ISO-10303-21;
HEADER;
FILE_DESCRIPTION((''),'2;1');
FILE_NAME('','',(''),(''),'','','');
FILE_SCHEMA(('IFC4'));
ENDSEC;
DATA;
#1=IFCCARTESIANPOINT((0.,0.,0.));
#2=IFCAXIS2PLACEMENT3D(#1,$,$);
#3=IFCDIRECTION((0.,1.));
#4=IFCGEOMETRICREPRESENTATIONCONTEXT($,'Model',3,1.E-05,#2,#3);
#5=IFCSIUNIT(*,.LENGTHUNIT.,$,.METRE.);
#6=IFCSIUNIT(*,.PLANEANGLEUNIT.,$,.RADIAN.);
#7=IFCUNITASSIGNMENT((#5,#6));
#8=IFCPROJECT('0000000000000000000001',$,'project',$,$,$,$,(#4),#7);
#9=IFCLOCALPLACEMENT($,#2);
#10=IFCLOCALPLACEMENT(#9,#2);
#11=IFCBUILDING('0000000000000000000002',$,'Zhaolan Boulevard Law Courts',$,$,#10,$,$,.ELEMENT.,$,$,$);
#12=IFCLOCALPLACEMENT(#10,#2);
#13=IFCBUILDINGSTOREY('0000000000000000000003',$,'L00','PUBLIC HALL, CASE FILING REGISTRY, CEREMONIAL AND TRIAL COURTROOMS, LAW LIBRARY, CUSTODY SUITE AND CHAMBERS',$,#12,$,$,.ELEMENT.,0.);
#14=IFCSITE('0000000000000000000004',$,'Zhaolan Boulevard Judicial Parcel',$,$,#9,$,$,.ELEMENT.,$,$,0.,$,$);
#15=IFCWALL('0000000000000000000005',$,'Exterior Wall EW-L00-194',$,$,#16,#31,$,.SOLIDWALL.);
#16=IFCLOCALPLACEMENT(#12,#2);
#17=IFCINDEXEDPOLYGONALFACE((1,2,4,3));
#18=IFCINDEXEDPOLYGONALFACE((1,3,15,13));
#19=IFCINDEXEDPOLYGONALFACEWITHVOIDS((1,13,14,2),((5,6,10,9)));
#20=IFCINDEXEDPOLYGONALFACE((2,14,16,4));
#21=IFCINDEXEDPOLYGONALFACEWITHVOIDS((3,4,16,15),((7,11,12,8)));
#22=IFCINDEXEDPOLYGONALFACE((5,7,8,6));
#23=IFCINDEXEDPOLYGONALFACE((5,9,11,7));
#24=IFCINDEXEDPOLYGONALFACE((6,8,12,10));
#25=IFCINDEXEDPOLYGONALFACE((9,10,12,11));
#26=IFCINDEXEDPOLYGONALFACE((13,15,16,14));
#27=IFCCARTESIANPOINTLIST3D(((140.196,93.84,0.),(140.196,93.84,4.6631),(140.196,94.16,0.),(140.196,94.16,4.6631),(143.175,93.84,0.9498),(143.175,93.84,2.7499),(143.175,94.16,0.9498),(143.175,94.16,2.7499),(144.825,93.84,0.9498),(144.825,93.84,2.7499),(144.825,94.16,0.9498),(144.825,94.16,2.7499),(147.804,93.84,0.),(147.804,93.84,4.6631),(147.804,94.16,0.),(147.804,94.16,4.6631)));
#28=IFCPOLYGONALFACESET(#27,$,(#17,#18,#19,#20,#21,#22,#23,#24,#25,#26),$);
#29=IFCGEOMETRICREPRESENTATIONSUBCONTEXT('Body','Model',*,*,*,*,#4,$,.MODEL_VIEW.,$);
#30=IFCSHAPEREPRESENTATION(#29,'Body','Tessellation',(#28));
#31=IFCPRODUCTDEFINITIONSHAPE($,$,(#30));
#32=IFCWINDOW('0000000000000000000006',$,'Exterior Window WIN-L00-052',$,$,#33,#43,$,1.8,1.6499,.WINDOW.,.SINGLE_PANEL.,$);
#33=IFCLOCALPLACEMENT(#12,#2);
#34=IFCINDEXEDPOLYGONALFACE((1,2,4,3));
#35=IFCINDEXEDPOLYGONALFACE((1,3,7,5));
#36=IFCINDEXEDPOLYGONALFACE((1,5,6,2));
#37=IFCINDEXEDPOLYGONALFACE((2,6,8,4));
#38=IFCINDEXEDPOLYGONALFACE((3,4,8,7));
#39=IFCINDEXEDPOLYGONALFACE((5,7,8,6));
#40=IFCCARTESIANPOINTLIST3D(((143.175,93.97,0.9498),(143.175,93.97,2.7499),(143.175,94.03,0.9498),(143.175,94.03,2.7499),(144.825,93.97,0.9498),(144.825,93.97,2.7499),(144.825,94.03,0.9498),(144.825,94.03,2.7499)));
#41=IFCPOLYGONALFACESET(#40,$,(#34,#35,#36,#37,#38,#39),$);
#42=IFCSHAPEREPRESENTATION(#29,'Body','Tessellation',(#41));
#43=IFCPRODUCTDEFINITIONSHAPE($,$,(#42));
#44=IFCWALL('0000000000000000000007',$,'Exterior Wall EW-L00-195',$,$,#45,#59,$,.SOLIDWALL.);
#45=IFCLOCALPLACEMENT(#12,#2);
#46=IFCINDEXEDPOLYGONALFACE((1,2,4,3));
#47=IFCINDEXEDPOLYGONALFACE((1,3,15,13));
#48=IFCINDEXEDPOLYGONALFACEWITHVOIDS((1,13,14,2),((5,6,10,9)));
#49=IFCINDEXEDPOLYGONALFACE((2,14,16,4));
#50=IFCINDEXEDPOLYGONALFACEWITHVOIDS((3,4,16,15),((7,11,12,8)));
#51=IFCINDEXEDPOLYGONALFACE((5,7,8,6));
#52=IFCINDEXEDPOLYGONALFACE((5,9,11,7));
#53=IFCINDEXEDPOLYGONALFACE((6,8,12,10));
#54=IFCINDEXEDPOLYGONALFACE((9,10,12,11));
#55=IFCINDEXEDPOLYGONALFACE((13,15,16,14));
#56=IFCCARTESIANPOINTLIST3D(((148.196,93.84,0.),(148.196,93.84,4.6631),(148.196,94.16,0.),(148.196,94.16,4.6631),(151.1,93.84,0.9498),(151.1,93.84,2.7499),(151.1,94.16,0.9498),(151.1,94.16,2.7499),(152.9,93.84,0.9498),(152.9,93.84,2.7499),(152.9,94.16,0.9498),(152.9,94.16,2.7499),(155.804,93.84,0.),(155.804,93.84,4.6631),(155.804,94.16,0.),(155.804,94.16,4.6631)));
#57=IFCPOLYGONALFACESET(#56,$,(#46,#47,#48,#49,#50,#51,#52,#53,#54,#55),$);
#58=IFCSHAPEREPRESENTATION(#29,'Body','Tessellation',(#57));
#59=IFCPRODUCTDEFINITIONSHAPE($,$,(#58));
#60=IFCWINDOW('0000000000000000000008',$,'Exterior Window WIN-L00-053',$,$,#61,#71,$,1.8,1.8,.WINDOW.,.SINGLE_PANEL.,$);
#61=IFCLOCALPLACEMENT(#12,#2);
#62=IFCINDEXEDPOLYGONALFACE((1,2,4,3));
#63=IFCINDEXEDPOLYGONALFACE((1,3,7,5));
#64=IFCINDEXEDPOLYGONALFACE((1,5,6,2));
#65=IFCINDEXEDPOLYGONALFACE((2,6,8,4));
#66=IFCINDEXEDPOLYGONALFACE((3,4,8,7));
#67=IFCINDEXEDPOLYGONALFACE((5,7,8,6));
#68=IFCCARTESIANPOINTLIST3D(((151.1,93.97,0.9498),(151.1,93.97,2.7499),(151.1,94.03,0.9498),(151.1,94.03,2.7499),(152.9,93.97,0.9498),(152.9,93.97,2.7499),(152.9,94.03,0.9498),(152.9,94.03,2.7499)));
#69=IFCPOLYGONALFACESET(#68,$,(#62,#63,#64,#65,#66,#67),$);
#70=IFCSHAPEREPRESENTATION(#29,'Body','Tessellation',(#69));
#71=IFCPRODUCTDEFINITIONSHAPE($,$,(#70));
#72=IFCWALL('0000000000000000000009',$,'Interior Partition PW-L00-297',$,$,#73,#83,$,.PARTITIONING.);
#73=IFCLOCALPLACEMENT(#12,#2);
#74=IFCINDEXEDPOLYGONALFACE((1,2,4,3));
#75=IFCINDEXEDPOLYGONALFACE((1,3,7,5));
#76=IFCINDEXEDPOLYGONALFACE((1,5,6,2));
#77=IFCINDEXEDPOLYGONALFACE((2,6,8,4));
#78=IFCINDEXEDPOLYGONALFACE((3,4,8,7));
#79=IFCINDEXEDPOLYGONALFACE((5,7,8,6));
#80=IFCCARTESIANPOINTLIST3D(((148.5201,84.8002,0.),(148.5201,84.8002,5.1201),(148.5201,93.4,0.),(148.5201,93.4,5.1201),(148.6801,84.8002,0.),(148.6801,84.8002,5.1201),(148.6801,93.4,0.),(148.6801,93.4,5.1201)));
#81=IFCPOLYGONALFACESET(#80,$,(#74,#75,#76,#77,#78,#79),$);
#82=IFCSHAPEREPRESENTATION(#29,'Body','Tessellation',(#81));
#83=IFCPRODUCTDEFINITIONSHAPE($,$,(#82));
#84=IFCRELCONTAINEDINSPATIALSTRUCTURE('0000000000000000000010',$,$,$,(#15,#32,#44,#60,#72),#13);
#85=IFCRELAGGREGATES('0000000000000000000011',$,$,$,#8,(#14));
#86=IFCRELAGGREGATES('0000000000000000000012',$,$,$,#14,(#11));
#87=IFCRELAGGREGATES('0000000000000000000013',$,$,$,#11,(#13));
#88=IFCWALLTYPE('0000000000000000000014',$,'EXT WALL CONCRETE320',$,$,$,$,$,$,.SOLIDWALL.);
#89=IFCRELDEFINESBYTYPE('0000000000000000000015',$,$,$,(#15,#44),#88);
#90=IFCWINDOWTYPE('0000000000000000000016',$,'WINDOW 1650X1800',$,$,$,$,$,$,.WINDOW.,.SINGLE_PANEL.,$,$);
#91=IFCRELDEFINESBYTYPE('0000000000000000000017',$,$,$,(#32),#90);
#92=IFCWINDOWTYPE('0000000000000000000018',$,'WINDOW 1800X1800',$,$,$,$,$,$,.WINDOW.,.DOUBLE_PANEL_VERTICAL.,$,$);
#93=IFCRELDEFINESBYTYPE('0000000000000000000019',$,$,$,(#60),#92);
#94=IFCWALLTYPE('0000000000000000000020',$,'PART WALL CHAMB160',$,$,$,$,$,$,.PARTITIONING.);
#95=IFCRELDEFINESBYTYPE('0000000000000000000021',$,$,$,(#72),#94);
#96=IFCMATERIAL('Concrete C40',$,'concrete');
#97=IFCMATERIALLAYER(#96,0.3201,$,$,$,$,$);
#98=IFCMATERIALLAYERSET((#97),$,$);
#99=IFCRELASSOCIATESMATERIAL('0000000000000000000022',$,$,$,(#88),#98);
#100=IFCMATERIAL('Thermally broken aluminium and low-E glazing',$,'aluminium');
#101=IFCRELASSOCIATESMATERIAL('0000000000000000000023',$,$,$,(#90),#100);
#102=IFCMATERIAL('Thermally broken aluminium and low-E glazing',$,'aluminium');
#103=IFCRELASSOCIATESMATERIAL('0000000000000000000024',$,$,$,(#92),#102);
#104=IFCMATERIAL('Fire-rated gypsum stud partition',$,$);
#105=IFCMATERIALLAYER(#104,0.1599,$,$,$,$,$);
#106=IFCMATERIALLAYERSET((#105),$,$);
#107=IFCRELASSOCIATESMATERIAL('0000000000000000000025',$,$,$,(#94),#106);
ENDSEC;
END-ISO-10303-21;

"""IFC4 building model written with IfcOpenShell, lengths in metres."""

from ifc_helpers import new_model, si_unit, direction, frame, frame_2d, origin, place, context, subcontext, project, spatial, rectangle, extrude, material, layer, layer_set, type_object, element, fill, save


model = new_model("IFC4")

# Units and contexts
model_context = context("Model", 3, precision=1e-05, world=origin(), true_north=direction((0.0, 1.0)))
body_context = subcontext(model_context, "Body", "Model", "MODEL_VIEW")
ifc_project = project(units=[si_unit("LENGTHUNIT", "METRE"), si_unit("PLANEANGLEUNIT", "RADIAN")], contexts=[model_context])

# Site, building, storey
site_placement = place(None, origin())
site = spatial("IfcSite", under=ifc_project, at=site_placement, Name="Zhaolan Boulevard Judicial Parcel", CompositionType="ELEMENT", RefElevation=0.0)
building_placement = place(site_placement, origin())
building = spatial("IfcBuilding", under=site, at=building_placement, Name="Zhaolan Boulevard Law Courts", CompositionType="ELEMENT")
storey_placement = place(building_placement, origin())
storey = spatial("IfcBuildingStorey", under=building, at=storey_placement, Name="L00", Description="PUBLIC HALL, CASE FILING REGISTRY, CEREMONIAL AND TRIAL COURTROOMS, LAW LIBRARY, CUSTODY SUITE AND CHAMBERS", CompositionType="ELEMENT", Elevation=0.0)

# Walls, openings, windows
ifc_material_1 = material(Name="Concrete C40", Category="concrete")
ifc_layer_1 = layer(ifc_material_1, 0.3201)
ifc_layer_set_1 = layer_set([ifc_layer_1])
wall_type_1 = type_object("IfcWallType", Name="EXT WALL CONCRETE320", PredefinedType="SOLIDWALL", material=ifc_layer_set_1)
wall_1_placement = place(storey_placement, frame((147.804, 94.0, 0.0), z_axis=(0.0, 0.0, 1.0), x_axis=(-1.0, 0.0, 0.0)))
wall_1 = element("IfcWall", 1, at=wall_1_placement, inside=storey, type_object=wall_type_1, Name="Exterior Wall EW-L00-194", PredefinedType="SOLIDWALL", context=body_context, shape_type="SweptSolid", body=[
    extrude(rectangle(XDim=7.6079, YDim=0.3201, at=frame_2d((3.804, 0.0))), origin(), (0.0, 0.0, 1.0), 4.6631),
])
opening_1_placement = place(wall_1_placement, frame((2.979, 0.0, 0.95)))
opening_1 = element("IfcOpeningElement", 2, at=opening_1_placement, cuts=wall_1, PredefinedType="OPENING", context=body_context, shape_type="SweptSolid", body=[
    extrude(rectangle(XDim=1.6499, YDim=1.8, at=frame_2d((0.825, 0.8999))), frame((0.0, 0.1699, 0.0), z_axis=(0.0, -1.0, 0.0), x_axis=(1.0, 0.0, 0.0)), (0.0, 0.0, 1.0), 0.3401),
])
ifc_material_2 = material(Name="Thermally broken aluminium and low-E glazing", Category="aluminium")
window_type_1 = type_object("IfcWindowType", Name="WINDOW 1650X1800", PartitioningType="SINGLE_PANEL", PredefinedType="WINDOW", material=ifc_material_2)
window_1_placement = place(opening_1_placement, origin())
window_1 = element("IfcWindow", 3, at=window_1_placement, inside=storey, type_object=window_type_1, Name="Exterior Window WIN-L00-052", OverallHeight=1.8, OverallWidth=1.6499, PartitioningType="SINGLE_PANEL", PredefinedType="WINDOW", context=body_context, shape_type="SweptSolid", body=[
    extrude(rectangle(XDim=1.6499, YDim=1.8, at=frame_2d((0.825, 0.8999))), frame((0.0, 0.03, 0.0), z_axis=(0.0, -1.0, 0.0), x_axis=(1.0, 0.0, 0.0)), (0.0, 0.0, 1.0), 0.0601),
])
fill(opening_1, window_1)
wall_2_placement = place(storey_placement, frame((155.804, 94.0, 0.0), z_axis=(0.0, 0.0, 1.0), x_axis=(-1.0, 0.0, 0.0)))
wall_2 = element("IfcWall", 4, at=wall_2_placement, inside=storey, type_object=wall_type_1, Name="Exterior Wall EW-L00-195", PredefinedType="SOLIDWALL", context=body_context, shape_type="SweptSolid", body=[
    extrude(rectangle(XDim=7.6079, YDim=0.3201, at=frame_2d((3.804, 0.0))), origin(), (0.0, 0.0, 1.0), 4.6631),
])
opening_2_placement = place(wall_2_placement, frame((2.9041, 0.0, 0.95)))
opening_2 = element("IfcOpeningElement", 5, at=opening_2_placement, cuts=wall_2, PredefinedType="OPENING", context=body_context, shape_type="SweptSolid", body=[
    extrude(rectangle(XDim=1.8, YDim=1.8, at=frame_2d((0.8999, 0.8999))), frame((0.0, 0.1699, 0.0), z_axis=(0.0, -1.0, 0.0), x_axis=(1.0, 0.0, 0.0)), (0.0, 0.0, 1.0), 0.3401),
])
ifc_material_3 = material(Name="Thermally broken aluminium and low-E glazing", Category="aluminium")
window_type_2 = type_object("IfcWindowType", Name="WINDOW 1800X1800", PartitioningType="DOUBLE_PANEL_VERTICAL", PredefinedType="WINDOW", material=ifc_material_3)
window_2_placement = place(opening_2_placement, origin())
window_2 = element("IfcWindow", 6, at=window_2_placement, inside=storey, type_object=window_type_2, Name="Exterior Window WIN-L00-053", OverallHeight=1.8, OverallWidth=1.8, PartitioningType="SINGLE_PANEL", PredefinedType="WINDOW", context=body_context, shape_type="SweptSolid", body=[
    extrude(rectangle(XDim=1.8, YDim=1.8, at=frame_2d((0.8999, 0.8999))), frame((0.0, 0.03, 0.0), z_axis=(0.0, -1.0, 0.0), x_axis=(1.0, 0.0, 0.0)), (0.0, 0.0, 1.0), 0.0601),
])
fill(opening_2, window_2)

# Wall
ifc_material_4 = material(Name="Fire-rated gypsum stud partition")
ifc_layer_2 = layer(ifc_material_4, 0.1599)
ifc_layer_set_2 = layer_set([ifc_layer_2])
wall_type_2 = type_object("IfcWallType", Name="PART WALL CHAMB160", PredefinedType="PARTITIONING", material=ifc_layer_set_2)
wall_3_placement = place(storey_placement, frame((148.6001, 93.3999, 0.0), z_axis=(0.0, 0.0, 1.0), x_axis=(0.0, -1.0, 0.0)))
element("IfcWall", 7, at=wall_3_placement, inside=storey, type_object=wall_type_2, Name="Interior Partition PW-L00-297", PredefinedType="PARTITIONING", context=body_context, shape_type="SweptSolid", body=[
    extrude(rectangle(XDim=8.5999, YDim=0.1599, at=frame_2d((4.2998, 0.0))), origin(), (0.0, 0.0, 1.0), 5.1201),
])

save(model, "model.ifc")
